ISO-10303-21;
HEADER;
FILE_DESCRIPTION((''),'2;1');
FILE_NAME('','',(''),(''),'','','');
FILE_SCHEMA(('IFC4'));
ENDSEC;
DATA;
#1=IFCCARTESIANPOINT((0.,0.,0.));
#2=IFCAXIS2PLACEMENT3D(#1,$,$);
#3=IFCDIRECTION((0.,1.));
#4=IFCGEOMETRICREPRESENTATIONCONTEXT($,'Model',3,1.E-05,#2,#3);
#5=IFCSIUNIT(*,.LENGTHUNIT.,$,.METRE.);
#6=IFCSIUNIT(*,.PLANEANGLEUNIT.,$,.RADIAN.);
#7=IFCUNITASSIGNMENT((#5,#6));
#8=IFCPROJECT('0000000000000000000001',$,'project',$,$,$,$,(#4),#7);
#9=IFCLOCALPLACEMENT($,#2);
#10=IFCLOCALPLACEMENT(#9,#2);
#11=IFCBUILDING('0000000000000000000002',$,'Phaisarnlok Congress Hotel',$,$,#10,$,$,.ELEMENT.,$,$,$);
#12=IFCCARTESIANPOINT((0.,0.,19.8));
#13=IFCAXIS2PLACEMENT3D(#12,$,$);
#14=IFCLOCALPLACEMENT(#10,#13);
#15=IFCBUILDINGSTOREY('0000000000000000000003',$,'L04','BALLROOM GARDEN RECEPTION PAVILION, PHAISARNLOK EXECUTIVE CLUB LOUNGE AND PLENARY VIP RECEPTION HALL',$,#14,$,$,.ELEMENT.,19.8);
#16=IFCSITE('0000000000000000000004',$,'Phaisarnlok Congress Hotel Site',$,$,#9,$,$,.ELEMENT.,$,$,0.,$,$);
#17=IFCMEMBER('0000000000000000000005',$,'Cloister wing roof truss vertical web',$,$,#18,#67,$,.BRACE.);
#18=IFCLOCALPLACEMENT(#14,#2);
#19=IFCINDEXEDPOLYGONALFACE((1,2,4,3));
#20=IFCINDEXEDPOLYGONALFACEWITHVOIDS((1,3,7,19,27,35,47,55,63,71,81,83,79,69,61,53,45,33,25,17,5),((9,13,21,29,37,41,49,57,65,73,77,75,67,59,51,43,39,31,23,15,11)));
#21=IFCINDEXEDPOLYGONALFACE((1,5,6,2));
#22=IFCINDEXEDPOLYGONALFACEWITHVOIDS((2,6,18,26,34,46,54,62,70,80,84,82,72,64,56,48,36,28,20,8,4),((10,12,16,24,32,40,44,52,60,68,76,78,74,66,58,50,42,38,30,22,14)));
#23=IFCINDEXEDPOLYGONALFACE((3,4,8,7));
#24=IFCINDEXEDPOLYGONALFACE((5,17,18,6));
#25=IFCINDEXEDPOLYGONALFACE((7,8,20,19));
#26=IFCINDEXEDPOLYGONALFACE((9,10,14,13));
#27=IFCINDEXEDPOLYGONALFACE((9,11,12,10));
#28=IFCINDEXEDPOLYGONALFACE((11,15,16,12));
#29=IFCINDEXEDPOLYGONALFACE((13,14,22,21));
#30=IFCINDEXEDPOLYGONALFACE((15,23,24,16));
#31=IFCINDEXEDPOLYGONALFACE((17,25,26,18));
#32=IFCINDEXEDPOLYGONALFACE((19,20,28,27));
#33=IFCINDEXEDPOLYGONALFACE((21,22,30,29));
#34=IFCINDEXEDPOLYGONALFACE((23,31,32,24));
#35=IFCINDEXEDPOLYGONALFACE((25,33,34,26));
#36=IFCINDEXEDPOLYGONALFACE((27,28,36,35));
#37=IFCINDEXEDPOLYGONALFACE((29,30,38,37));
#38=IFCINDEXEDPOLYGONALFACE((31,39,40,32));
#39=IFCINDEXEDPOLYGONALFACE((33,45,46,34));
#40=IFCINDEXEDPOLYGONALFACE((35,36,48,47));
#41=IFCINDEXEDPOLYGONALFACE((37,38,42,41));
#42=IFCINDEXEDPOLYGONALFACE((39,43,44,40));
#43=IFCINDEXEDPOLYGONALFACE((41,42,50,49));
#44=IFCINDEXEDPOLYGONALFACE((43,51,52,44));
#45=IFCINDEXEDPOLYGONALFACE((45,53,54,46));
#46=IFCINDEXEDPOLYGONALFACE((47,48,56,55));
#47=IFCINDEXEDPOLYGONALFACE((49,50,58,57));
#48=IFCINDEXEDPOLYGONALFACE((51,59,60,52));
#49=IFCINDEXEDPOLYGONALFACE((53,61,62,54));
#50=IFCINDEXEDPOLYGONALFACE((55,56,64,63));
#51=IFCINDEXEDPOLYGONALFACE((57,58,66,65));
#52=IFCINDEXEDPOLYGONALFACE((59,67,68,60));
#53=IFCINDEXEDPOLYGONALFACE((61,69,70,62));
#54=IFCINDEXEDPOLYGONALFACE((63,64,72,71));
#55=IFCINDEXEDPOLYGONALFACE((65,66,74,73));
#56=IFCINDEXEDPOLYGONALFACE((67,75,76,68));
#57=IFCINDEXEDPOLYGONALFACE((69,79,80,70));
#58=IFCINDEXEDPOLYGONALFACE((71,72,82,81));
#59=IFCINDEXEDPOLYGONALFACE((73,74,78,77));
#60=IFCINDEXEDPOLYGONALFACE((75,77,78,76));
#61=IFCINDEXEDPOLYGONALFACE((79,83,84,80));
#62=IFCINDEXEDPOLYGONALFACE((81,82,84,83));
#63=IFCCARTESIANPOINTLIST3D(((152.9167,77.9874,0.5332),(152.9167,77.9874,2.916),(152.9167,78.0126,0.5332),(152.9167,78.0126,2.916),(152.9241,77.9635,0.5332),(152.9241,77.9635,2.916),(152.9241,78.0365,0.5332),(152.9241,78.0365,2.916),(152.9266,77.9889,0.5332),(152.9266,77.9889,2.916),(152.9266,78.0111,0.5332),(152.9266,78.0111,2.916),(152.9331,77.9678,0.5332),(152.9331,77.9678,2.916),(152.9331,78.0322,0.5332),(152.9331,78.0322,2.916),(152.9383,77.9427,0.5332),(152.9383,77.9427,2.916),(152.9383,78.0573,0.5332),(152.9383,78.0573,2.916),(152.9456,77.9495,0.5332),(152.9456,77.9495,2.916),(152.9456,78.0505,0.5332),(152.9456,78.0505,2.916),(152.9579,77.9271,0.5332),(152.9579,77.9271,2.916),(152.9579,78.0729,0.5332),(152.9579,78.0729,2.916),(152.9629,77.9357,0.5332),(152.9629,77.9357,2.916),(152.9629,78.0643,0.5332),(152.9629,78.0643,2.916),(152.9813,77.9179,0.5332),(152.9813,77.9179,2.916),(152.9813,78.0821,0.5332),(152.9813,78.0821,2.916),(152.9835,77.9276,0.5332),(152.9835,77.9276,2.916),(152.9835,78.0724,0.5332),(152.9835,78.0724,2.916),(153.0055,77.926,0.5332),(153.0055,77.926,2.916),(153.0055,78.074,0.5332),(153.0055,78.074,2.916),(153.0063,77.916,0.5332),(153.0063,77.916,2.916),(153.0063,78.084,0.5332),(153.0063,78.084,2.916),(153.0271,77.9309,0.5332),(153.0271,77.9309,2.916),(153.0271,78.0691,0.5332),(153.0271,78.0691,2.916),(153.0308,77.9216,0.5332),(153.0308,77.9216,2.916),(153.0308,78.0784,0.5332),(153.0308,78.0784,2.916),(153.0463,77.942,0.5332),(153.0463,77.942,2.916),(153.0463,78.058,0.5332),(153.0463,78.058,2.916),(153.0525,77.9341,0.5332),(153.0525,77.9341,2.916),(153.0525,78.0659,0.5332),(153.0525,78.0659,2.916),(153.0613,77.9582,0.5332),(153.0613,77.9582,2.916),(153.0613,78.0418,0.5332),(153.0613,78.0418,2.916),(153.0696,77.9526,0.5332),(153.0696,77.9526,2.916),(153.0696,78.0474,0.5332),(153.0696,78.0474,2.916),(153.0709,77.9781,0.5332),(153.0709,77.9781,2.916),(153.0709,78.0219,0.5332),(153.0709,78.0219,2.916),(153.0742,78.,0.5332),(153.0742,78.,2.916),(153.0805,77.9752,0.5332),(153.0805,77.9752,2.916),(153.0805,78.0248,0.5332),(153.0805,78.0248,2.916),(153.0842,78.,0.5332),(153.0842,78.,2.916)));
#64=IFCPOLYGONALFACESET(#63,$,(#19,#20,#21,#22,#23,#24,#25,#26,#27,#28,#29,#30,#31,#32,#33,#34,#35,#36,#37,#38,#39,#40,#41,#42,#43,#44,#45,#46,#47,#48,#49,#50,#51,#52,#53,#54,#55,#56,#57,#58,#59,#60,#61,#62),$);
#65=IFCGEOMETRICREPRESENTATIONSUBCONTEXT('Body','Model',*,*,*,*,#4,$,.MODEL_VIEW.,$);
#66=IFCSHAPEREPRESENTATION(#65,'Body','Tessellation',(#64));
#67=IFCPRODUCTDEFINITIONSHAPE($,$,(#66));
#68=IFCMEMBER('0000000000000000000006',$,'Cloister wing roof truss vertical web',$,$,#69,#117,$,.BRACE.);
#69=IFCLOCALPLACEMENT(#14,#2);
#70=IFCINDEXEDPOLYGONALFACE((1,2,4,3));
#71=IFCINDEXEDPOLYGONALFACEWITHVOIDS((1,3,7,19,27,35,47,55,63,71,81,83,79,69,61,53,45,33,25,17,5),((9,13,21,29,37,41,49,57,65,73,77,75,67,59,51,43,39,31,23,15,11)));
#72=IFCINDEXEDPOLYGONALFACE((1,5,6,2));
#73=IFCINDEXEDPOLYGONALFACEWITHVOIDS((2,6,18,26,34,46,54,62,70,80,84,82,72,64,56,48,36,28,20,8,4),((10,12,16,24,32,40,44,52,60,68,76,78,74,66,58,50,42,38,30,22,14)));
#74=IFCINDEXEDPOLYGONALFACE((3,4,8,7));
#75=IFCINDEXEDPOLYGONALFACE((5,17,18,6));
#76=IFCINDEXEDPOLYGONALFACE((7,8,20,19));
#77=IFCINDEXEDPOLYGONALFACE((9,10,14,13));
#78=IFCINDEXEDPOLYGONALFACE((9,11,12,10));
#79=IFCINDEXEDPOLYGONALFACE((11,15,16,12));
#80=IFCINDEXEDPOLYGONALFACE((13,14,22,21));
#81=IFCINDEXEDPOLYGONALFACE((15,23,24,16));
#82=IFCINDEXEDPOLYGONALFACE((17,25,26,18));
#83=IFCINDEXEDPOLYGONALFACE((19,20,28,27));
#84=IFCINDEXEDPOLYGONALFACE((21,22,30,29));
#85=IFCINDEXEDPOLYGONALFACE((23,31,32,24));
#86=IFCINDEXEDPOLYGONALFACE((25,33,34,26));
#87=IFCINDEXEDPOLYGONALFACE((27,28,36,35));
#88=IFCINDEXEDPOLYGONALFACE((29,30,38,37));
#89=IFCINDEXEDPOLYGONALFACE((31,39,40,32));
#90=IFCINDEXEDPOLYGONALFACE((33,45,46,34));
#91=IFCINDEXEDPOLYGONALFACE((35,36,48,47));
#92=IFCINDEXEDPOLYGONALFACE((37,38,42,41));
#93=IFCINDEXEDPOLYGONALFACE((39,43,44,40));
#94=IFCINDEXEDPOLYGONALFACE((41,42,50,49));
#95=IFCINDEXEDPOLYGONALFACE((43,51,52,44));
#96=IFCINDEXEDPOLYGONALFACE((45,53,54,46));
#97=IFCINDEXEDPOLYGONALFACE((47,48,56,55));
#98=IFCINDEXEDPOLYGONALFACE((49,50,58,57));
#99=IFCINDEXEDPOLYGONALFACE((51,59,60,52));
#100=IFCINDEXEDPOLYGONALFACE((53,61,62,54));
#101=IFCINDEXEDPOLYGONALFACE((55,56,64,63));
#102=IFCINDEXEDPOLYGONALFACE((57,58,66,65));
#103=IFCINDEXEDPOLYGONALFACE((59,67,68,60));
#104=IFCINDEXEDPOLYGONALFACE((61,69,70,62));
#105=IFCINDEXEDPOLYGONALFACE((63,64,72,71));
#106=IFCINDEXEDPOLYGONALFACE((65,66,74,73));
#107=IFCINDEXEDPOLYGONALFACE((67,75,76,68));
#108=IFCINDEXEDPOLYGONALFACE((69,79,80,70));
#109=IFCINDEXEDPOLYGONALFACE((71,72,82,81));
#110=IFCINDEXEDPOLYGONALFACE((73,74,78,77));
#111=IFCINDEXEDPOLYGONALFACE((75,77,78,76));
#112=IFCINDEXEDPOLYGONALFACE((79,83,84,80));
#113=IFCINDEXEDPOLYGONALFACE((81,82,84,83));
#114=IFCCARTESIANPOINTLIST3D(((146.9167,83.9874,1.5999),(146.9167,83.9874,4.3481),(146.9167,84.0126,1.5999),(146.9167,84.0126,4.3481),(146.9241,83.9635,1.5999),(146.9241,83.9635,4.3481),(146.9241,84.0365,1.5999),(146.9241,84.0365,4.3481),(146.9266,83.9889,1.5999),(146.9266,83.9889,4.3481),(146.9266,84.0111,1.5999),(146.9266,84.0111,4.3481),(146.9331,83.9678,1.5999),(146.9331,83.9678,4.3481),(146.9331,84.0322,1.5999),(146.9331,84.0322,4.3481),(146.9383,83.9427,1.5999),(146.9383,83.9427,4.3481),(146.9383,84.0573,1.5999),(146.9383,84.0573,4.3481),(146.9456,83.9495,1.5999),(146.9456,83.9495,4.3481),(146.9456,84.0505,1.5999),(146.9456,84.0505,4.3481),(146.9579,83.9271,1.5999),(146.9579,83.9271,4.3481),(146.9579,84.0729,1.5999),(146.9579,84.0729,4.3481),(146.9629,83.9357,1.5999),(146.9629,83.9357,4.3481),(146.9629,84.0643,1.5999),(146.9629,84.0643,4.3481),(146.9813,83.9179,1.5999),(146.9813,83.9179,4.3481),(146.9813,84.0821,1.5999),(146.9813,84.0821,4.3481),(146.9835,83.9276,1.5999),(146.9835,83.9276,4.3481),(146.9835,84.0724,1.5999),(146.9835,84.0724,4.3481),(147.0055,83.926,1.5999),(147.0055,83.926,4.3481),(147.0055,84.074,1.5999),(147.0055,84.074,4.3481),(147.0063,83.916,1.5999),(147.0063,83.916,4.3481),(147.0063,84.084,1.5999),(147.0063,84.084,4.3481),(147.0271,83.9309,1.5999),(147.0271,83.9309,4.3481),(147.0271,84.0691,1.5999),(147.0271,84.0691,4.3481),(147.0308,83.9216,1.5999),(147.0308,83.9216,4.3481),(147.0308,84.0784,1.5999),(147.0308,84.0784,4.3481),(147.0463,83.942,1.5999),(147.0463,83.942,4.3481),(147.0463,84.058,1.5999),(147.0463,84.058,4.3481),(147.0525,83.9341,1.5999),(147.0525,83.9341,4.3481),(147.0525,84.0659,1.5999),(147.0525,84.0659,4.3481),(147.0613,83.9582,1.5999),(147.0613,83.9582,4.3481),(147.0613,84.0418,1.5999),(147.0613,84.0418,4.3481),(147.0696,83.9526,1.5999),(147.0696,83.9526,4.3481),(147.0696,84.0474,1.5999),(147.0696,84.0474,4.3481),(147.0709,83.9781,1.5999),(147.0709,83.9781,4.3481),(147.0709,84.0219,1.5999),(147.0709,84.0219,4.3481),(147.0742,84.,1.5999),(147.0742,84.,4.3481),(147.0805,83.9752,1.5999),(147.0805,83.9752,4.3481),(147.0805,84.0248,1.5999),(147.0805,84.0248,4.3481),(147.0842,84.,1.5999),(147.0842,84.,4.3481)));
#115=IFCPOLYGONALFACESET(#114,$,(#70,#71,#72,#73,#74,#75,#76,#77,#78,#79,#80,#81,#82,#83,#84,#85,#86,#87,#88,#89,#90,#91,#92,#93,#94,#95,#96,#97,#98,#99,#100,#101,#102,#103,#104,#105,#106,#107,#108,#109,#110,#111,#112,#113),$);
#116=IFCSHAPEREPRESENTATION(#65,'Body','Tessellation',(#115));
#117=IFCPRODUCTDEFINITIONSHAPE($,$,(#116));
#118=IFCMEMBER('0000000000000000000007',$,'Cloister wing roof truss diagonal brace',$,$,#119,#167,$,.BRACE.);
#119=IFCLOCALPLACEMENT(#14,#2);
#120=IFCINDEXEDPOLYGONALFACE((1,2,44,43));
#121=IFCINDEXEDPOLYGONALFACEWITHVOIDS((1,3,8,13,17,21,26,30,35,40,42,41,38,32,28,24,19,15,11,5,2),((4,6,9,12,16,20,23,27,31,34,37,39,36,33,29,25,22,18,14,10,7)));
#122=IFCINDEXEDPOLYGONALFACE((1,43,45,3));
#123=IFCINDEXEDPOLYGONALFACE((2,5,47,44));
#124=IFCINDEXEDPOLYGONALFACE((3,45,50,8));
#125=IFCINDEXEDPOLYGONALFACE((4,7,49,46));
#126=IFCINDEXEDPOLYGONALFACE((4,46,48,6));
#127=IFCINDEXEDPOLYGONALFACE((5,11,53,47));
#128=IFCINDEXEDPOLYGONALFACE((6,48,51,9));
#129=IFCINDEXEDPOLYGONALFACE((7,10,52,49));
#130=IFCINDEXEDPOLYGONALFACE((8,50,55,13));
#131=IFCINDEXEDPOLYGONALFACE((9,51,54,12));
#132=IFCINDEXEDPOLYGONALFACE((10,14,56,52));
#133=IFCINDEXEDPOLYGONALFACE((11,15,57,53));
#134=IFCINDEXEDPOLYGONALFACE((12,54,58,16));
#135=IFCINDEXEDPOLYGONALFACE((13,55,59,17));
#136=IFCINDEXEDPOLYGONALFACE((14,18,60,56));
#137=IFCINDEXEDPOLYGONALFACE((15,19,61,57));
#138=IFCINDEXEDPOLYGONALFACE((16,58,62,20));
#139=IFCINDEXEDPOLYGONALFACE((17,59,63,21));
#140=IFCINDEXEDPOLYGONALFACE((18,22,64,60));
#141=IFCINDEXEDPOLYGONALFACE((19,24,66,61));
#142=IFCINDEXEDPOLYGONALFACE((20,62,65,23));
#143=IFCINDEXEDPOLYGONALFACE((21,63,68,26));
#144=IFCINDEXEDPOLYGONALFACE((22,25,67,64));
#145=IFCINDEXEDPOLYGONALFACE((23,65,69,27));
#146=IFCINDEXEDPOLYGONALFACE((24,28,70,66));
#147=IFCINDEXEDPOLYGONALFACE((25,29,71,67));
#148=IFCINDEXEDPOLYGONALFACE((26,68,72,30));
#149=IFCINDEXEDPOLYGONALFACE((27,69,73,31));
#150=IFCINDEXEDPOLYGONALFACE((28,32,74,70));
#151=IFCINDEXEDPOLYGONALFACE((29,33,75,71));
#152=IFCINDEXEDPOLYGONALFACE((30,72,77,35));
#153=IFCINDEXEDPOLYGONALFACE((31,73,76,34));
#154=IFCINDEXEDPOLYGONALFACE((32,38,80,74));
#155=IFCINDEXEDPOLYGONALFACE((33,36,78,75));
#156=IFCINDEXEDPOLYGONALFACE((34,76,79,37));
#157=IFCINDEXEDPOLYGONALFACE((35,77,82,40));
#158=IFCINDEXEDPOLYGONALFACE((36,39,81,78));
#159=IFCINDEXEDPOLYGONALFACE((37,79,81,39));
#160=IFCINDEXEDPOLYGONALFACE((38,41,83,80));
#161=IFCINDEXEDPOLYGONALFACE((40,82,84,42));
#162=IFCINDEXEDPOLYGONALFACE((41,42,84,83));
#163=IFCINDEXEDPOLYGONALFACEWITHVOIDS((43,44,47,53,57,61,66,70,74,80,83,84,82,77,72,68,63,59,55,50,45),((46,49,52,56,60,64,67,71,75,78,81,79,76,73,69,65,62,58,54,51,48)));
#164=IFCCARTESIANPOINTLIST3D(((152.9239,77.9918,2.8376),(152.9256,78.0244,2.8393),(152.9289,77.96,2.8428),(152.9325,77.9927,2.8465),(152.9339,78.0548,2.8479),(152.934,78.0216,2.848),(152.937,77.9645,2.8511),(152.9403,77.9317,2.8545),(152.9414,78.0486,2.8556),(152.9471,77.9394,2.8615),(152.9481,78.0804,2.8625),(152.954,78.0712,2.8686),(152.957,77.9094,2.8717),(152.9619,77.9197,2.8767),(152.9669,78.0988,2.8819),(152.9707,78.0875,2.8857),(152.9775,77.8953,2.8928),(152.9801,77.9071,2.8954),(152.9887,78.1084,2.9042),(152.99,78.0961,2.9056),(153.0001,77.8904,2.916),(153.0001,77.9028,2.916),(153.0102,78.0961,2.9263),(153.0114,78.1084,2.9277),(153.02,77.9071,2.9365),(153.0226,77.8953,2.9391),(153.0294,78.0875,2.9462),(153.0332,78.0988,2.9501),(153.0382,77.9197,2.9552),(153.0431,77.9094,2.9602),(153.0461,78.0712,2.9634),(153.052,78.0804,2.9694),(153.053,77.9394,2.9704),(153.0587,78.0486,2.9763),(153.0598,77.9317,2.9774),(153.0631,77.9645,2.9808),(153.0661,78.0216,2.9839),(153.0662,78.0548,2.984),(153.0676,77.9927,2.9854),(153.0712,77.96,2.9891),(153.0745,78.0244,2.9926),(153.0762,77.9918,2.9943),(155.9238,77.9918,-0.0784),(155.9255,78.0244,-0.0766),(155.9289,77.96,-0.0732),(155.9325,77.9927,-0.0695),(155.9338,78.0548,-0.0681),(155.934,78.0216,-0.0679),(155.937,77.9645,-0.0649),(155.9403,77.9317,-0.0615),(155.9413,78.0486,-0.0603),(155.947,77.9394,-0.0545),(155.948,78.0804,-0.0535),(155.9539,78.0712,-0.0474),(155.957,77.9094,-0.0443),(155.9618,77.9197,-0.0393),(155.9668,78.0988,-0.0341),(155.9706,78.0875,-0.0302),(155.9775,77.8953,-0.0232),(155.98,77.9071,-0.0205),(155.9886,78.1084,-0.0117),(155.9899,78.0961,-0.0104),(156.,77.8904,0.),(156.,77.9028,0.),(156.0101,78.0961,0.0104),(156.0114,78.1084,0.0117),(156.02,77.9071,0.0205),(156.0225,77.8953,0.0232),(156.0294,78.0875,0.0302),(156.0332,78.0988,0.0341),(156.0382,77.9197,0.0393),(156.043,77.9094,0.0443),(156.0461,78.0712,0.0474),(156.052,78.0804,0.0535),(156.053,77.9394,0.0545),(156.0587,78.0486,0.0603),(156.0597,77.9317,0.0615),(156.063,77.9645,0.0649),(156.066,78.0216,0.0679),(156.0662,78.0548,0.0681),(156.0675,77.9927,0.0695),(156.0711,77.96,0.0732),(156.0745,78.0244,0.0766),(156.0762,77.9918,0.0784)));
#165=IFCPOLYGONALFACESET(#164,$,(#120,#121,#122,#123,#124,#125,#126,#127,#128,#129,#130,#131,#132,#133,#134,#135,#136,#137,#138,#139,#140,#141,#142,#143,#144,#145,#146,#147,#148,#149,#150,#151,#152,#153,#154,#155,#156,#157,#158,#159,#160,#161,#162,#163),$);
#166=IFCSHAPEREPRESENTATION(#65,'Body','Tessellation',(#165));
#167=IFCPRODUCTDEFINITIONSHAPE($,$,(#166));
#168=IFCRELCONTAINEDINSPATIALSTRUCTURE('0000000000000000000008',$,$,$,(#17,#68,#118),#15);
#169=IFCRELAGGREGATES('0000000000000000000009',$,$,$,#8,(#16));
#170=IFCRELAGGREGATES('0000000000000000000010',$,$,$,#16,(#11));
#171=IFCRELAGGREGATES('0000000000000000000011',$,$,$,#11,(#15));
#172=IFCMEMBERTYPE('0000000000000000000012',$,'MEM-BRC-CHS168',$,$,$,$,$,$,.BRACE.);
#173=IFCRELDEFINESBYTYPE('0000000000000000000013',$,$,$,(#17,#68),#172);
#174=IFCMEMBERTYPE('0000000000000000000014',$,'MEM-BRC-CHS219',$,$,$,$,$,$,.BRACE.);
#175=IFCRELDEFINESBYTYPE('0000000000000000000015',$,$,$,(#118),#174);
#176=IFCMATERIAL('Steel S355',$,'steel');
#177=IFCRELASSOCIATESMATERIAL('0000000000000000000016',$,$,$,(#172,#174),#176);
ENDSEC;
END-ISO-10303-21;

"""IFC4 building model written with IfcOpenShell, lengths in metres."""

from ifc_helpers import new_model, si_unit, direction, frame, origin, origin_2d, place, context, subcontext, project, spatial, hollow_circle, extrude, material, material_profile, profile_set, type_object, element, save


model = new_model("IFC4")

# Units and contexts
model_context = context("Model", 3, precision=1e-05, world=origin(), true_north=direction((0.0, 1.0)))
body_context = subcontext(model_context, "Body", "Model", "MODEL_VIEW")
ifc_project = project(units=[si_unit("LENGTHUNIT", "METRE"), si_unit("PLANEANGLEUNIT", "RADIAN")], contexts=[model_context])

# Site, building, storey
site_placement = place(None, origin())
site = spatial("IfcSite", under=ifc_project, at=site_placement, Name="Phaisarnlok Congress Hotel Site", CompositionType="ELEMENT", RefElevation=0.0)
building_placement = place(site_placement, origin())
building = spatial("IfcBuilding", under=site, at=building_placement, Name="Phaisarnlok Congress Hotel", CompositionType="ELEMENT")
storey_placement = place(building_placement, frame((0.0, 0.0, 19.8)))
storey = spatial("IfcBuildingStorey", under=building, at=storey_placement, Name="L04", Description="BALLROOM GARDEN RECEPTION PAVILION, PHAISARNLOK EXECUTIVE CLUB LOUNGE AND PLENARY VIP RECEPTION HALL", CompositionType="ELEMENT", Elevation=19.8)

# Shared definitions
ifc_material_1 = material(Name="Steel S355", Category="steel")

# Members
ifc_material_profile_1 = material_profile(ifc_material_1, hollow_circle(Radius=0.0842, WallThickness=0.01, at=origin_2d()), Name="CHS 168.3x10")
ifc_profile_set_1 = profile_set([ifc_material_profile_1], Name="Steel S355")
member_type_1 = type_object("IfcMemberType", Name="MEM-BRC-CHS168", PredefinedType="BRACE", material=ifc_profile_set_1)
member_1_placement = place(storey_placement, frame((153.0, 78.0, 0.5332), z_axis=(0.0, 0.0, 1.0), x_axis=(1.0, 0.0, 0.0)))
element("IfcMember", 1, at=member_1_placement, inside=storey, type_object=member_type_1, Name="Cloister wing roof truss vertical web", PredefinedType="BRACE", context=body_context, shape_type="SweptSolid", body=[
    extrude(hollow_circle(Radius=0.0842, WallThickness=0.01, at=origin_2d()), origin(), (0.0, 0.0, 1.0), 2.3828),
])
member_2_placement = place(storey_placement, frame((147.0, 84.0, 1.5999), z_axis=(0.0, 0.0, 1.0), x_axis=(1.0, 0.0, 0.0)))
element("IfcMember", 2, at=member_2_placement, inside=storey, type_object=member_type_1, Name="Cloister wing roof truss vertical web", PredefinedType="BRACE", context=body_context, shape_type="SweptSolid", body=[
    extrude(hollow_circle(Radius=0.0842, WallThickness=0.01, at=origin_2d()), origin(), (0.0, 0.0, 1.0), 2.7483),
])
ifc_material_profile_2 = material_profile(ifc_material_1, hollow_circle(Radius=0.1096, WallThickness=0.0125, at=origin_2d()), Name="CHS 219.1x12.5")
ifc_profile_set_2 = profile_set([ifc_material_profile_2], Name="Steel S355")
member_type_2 = type_object("IfcMemberType", Name="MEM-BRC-CHS219", PredefinedType="BRACE", material=ifc_profile_set_2)
member_3_placement = place(storey_placement, frame((156.0, 78.0, 0.0), z_axis=(-0.717073, 0.0, 0.696998), x_axis=(0.0, -1.0, 0.0)))
element("IfcMember", 3, at=member_3_placement, inside=storey, type_object=member_type_2, Name="Cloister wing roof truss diagonal brace", PredefinedType="BRACE", context=body_context, shape_type="SweptSolid", body=[
    extrude(hollow_circle(Radius=0.1096, WallThickness=0.0125, at=origin_2d()), origin(), (0.0, 0.0, 1.0), 4.1836),
])

save(model, "model.ifc")
